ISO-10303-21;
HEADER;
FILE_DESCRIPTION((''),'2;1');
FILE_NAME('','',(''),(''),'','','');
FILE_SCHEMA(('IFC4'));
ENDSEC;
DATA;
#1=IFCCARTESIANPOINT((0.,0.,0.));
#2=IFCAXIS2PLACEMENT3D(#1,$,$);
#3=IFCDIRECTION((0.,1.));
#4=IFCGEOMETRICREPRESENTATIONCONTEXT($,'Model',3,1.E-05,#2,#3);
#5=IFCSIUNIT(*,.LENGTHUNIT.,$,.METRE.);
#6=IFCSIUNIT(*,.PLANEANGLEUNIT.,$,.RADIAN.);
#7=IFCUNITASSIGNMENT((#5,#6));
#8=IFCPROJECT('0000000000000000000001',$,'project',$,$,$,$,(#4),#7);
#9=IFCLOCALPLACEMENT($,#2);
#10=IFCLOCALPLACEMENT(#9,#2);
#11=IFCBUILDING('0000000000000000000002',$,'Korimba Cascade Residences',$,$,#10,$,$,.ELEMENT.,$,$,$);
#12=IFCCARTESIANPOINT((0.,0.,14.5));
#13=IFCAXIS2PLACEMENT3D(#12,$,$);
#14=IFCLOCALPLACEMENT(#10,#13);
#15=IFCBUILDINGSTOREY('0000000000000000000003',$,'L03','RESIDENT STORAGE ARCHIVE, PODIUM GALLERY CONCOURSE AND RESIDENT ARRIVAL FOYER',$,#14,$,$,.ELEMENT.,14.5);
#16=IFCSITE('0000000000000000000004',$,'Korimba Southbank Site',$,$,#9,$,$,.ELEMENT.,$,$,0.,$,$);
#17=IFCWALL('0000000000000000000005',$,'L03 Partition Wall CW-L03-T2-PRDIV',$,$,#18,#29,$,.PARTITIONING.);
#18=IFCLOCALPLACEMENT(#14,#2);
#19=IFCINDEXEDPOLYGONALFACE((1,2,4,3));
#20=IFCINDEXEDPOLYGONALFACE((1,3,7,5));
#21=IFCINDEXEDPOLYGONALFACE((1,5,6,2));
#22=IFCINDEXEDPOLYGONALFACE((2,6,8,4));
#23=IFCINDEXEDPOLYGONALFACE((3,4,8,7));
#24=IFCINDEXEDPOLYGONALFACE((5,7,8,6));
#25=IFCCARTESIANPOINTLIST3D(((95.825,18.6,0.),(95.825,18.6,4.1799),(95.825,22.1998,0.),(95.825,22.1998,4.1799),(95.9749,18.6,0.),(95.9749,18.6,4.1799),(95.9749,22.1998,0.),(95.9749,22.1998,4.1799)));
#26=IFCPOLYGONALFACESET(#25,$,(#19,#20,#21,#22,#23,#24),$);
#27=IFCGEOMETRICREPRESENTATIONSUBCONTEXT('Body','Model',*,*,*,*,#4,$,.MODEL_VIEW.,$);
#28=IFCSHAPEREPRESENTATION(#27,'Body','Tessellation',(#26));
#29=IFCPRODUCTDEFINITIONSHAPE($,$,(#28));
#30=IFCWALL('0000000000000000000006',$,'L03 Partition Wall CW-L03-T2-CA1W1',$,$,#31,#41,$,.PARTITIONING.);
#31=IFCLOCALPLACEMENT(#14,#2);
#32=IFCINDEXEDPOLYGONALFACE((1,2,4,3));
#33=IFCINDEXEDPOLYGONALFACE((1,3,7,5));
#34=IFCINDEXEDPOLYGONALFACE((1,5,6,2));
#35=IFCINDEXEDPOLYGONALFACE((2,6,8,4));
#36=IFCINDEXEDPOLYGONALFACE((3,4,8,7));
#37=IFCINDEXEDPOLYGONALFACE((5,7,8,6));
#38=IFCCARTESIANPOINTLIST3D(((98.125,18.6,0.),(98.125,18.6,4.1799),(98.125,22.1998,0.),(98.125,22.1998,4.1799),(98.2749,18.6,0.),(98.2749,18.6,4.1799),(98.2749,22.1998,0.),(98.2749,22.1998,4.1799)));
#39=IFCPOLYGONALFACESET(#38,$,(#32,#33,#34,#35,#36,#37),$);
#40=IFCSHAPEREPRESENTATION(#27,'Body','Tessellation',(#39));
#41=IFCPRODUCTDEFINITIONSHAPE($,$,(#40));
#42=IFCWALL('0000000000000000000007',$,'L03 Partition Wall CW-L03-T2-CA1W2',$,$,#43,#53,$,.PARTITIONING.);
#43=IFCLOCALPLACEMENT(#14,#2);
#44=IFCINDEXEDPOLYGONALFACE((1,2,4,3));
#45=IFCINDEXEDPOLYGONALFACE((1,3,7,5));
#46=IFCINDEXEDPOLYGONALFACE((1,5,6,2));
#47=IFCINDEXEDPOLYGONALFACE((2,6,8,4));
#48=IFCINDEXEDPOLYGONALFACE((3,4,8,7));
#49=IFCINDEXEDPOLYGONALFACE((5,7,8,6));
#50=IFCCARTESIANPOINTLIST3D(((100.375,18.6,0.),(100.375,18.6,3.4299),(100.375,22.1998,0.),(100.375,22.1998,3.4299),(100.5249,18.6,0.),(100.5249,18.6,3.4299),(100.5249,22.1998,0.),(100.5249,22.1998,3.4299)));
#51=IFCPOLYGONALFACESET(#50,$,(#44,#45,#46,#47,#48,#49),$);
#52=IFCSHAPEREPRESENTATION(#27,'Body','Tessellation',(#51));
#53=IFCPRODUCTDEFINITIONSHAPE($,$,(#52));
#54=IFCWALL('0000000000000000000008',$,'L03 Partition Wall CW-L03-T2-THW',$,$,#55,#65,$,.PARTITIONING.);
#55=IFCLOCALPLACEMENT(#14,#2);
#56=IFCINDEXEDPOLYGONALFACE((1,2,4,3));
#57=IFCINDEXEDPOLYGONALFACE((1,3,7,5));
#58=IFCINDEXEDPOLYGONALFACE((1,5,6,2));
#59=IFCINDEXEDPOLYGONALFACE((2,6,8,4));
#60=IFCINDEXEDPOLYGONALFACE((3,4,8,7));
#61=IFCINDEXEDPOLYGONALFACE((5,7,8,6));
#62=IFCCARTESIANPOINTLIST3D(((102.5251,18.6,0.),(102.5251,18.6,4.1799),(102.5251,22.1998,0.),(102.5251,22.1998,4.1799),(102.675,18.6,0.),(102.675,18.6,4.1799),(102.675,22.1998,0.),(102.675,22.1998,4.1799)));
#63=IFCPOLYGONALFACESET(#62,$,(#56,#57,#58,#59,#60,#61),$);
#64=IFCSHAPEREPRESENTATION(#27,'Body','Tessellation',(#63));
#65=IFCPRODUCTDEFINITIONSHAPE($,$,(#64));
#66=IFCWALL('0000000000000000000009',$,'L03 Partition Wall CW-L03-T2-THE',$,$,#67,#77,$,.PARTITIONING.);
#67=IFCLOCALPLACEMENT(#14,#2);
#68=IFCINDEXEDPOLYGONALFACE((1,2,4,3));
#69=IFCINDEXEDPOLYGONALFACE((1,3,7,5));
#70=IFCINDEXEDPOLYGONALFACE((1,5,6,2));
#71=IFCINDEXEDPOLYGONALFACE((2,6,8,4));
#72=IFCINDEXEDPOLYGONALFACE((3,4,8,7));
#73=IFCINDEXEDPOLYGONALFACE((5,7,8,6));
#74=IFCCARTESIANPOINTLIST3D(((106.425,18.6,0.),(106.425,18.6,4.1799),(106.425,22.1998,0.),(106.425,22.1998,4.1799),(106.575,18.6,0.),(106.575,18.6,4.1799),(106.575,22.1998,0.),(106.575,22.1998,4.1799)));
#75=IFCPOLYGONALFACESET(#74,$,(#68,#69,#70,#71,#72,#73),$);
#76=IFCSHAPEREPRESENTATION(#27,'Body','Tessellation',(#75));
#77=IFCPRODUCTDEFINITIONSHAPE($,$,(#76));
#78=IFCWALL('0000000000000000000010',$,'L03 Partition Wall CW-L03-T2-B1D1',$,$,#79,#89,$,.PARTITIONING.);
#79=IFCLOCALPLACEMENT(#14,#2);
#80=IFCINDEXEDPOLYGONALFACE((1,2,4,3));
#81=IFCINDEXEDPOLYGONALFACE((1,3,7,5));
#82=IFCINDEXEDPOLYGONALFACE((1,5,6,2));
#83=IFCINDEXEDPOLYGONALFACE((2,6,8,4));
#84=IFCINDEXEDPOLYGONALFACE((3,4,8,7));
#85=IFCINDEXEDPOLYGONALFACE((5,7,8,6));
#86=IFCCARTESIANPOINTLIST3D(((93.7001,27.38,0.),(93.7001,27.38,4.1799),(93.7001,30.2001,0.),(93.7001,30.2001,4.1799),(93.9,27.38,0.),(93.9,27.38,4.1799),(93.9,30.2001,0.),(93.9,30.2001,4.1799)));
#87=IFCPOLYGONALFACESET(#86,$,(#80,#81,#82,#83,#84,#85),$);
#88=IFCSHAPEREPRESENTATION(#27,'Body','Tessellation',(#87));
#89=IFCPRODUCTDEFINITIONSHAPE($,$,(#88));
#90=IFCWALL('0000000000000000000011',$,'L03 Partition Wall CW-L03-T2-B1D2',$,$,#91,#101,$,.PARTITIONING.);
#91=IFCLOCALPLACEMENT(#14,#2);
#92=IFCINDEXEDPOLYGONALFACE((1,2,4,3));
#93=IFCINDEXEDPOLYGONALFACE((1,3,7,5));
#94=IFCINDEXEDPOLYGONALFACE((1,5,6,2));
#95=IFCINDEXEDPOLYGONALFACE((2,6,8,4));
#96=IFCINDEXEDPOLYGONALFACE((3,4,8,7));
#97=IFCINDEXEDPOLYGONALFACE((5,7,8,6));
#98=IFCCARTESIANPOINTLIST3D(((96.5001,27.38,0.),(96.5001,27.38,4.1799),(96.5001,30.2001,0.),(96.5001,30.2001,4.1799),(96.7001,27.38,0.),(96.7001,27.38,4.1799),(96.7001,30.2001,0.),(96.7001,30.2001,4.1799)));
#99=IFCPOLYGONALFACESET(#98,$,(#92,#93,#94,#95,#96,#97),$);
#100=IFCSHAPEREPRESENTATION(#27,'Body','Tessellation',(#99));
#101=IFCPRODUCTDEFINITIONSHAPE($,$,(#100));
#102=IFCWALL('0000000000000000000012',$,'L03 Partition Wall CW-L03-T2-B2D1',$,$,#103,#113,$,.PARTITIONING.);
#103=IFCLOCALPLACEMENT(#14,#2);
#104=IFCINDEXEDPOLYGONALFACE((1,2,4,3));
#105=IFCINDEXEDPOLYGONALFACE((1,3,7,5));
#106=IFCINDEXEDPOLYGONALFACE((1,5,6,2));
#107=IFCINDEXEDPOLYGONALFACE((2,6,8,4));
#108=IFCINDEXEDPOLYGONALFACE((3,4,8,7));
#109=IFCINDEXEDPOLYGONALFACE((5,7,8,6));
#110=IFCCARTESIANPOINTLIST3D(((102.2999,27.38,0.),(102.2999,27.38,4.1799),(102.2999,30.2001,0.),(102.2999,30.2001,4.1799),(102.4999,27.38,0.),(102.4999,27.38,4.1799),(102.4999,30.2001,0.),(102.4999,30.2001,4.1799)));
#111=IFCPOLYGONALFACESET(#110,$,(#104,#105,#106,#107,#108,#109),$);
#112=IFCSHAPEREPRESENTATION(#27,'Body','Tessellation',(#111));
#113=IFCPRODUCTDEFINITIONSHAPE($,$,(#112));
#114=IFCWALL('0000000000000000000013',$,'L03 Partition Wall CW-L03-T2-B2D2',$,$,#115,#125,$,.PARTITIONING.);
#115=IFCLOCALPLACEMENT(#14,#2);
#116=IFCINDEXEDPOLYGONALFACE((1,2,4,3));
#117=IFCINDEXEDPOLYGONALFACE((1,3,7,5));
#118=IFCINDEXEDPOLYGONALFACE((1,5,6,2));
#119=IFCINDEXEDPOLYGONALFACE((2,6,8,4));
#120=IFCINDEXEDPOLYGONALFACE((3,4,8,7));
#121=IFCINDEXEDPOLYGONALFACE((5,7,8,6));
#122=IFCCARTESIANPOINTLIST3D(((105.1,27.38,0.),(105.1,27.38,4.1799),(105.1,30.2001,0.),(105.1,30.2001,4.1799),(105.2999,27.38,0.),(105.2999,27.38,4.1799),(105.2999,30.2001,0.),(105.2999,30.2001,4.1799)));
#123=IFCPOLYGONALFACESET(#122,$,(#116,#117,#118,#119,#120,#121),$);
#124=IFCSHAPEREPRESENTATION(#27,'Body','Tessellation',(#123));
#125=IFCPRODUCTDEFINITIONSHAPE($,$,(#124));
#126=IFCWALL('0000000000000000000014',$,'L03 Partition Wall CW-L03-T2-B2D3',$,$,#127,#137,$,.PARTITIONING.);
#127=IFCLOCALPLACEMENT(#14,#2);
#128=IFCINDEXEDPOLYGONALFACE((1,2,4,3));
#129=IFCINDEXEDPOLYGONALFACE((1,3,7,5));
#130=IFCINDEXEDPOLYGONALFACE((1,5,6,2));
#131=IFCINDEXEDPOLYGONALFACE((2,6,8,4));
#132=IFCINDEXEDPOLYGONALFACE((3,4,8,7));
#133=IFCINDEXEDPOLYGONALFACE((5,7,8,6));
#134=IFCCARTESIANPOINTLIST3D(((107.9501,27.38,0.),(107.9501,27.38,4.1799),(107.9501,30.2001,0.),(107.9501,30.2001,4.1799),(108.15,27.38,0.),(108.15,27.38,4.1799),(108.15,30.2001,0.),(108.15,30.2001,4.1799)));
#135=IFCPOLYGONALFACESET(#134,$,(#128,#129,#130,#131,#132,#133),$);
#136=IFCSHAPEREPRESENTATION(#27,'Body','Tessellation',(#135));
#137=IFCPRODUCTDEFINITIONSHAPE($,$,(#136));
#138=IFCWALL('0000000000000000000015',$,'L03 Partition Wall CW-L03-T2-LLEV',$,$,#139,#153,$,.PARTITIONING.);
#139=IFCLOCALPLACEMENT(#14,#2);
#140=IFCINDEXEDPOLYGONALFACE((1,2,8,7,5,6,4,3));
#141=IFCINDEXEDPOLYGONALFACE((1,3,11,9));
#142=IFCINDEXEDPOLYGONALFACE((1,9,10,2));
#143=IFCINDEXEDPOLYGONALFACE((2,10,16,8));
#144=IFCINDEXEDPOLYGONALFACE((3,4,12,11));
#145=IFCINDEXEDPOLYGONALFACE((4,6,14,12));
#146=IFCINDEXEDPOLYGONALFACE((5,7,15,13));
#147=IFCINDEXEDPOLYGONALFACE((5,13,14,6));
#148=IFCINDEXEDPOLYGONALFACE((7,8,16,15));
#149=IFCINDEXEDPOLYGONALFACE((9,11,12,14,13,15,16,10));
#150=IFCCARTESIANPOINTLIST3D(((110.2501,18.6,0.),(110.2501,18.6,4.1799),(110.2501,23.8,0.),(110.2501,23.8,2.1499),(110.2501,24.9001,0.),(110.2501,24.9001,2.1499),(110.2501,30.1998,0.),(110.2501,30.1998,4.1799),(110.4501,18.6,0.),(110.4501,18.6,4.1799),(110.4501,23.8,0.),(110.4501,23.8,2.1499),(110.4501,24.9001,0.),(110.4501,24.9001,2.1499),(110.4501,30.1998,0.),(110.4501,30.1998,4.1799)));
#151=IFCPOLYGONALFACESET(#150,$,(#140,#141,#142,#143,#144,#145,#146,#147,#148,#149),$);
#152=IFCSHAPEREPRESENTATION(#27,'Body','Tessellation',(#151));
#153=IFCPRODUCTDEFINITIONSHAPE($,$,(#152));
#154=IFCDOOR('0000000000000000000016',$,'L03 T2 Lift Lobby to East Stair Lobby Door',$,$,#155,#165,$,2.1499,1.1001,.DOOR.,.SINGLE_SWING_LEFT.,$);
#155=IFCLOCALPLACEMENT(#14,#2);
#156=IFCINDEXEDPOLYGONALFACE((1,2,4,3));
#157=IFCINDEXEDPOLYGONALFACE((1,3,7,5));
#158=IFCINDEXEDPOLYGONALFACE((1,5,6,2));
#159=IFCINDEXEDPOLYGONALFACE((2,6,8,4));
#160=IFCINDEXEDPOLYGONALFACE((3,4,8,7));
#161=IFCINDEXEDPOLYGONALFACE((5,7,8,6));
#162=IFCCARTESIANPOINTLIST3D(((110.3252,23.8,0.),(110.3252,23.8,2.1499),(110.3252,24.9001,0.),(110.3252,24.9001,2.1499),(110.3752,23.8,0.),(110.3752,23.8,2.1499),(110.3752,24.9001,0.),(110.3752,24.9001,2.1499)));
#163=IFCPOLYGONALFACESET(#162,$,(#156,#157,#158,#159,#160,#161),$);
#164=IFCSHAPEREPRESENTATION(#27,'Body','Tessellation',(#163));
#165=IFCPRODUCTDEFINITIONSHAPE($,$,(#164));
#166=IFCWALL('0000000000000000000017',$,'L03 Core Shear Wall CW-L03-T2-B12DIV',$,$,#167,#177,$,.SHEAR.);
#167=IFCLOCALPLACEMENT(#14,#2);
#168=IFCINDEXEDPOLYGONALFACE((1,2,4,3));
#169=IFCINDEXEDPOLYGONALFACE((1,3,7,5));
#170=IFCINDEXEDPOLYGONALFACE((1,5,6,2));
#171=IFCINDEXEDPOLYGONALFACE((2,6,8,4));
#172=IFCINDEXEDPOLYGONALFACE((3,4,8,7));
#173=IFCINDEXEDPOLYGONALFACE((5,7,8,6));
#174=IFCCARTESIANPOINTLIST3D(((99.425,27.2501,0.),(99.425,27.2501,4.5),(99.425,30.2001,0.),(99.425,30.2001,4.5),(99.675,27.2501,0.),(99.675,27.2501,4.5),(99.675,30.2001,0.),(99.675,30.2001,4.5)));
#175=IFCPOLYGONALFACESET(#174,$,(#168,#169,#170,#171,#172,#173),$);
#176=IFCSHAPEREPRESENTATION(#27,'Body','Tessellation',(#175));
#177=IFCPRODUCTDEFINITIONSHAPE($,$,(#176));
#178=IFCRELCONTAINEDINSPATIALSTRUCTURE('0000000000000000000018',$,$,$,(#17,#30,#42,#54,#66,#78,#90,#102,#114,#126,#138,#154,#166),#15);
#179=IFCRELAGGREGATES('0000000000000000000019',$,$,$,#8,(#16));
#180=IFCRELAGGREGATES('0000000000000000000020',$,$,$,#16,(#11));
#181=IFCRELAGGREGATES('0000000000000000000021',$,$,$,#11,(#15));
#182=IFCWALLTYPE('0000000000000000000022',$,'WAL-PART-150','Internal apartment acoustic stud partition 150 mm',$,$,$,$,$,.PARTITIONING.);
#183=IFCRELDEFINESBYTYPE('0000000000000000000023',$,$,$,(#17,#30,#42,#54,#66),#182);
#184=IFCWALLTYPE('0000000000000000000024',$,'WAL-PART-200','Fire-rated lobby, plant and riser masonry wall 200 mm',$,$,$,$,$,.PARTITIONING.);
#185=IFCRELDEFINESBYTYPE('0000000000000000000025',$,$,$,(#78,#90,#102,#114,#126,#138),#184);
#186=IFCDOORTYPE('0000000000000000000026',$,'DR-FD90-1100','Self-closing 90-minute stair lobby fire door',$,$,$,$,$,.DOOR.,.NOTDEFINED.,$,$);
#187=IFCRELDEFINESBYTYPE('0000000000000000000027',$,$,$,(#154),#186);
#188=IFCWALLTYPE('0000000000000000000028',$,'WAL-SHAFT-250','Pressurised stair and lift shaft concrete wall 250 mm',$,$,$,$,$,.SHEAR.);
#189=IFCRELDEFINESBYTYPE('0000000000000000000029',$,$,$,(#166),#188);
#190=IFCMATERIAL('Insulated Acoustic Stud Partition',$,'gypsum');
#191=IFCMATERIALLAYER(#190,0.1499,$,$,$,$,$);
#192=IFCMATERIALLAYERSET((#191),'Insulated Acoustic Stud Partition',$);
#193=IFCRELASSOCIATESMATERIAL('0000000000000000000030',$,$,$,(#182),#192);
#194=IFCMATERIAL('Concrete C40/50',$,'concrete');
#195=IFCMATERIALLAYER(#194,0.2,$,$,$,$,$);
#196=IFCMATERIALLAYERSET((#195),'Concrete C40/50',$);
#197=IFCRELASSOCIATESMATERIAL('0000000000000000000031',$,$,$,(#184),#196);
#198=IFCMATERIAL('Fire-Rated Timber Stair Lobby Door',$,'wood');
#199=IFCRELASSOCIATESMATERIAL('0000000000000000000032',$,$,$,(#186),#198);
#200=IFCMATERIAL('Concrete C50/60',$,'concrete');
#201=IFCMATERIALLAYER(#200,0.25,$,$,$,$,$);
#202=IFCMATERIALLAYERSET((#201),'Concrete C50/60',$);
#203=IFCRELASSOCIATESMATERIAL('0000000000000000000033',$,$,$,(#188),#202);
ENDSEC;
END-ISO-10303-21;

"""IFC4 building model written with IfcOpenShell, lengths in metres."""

from ifc_helpers import new_model, si_unit, direction, frame, frame_2d, origin, place, context, subcontext, project, spatial, rectangle, extrude, material, layer, layer_set, type_object, element, fill, save


model = new_model("IFC4")

# Units and contexts
model_context = context("Model", 3, precision=1e-05, world=origin(), true_north=direction((0.0, 1.0)))
body_context = subcontext(model_context, "Body", "Model", "MODEL_VIEW")
ifc_project = project(units=[si_unit("LENGTHUNIT", "METRE"), si_unit("PLANEANGLEUNIT", "RADIAN")], contexts=[model_context])

# Site, building, storey
site_placement = place(None, origin())
site = spatial("IfcSite", under=ifc_project, at=site_placement, Name="Korimba Southbank Site", CompositionType="ELEMENT", RefElevation=0.0)
building_placement = place(site_placement, origin())
building = spatial("IfcBuilding", under=site, at=building_placement, Name="Korimba Cascade Residences", CompositionType="ELEMENT")
storey_placement = place(building_placement, frame((0.0, 0.0, 14.5)))
storey = spatial("IfcBuildingStorey", under=building, at=storey_placement, Name="L03", Description="RESIDENT STORAGE ARCHIVE, PODIUM GALLERY CONCOURSE AND RESIDENT ARRIVAL FOYER", CompositionType="ELEMENT", Elevation=14.5)

# Shared definitions
ifc_material_1 = material(Name="Concrete C50/60", Category="concrete")

# Walls
ifc_material_2 = material(Name="Insulated Acoustic Stud Partition", Category="gypsum")
ifc_layer_1 = layer(ifc_material_2, 0.1499)
ifc_layer_set_1 = layer_set([ifc_layer_1], Name="Insulated Acoustic Stud Partition")
wall_type_1 = type_object("IfcWallType", Name="WAL-PART-150", Description="Internal apartment acoustic stud partition 150 mm", PredefinedType="PARTITIONING", material=ifc_layer_set_1)
for number, where, z_axis, x_axis, name in (
    (1, (95.8999, 18.6001, 0.0), (0.0, 0.0, 1.0), (0.0, 1.0, 0.0), "L03 Partition Wall CW-L03-T2-PRDIV"),
    (2, (98.2, 18.6001, 0.0), (0.0, 0.0, 1.0), (0.0, 1.0, 0.0), "L03 Partition Wall CW-L03-T2-CA1W1"),
):
    element("IfcWall", number, at=place(storey_placement, frame(where, z_axis=z_axis, x_axis=x_axis)), inside=storey, type_object=wall_type_1, Name=name, PredefinedType="PARTITIONING", context=body_context, shape_type="SweptSolid", body=[
        extrude(rectangle(XDim=3.5999, YDim=0.1499, at=frame_2d((1.7998, 0.0))), origin(), (0.0, 0.0, 1.0), 4.1799),
    ])
wall_1_placement = place(storey_placement, frame((100.45, 18.6001, 0.0), z_axis=(0.0, 0.0, 1.0), x_axis=(0.0, 1.0, 0.0)))
element("IfcWall", 3, at=wall_1_placement, inside=storey, type_object=wall_type_1, Name="L03 Partition Wall CW-L03-T2-CA1W2", PredefinedType="PARTITIONING", context=body_context, shape_type="SweptSolid", body=[
    extrude(rectangle(XDim=3.5999, YDim=0.1499, at=frame_2d((1.7998, 0.0))), origin(), (0.0, 0.0, 1.0), 3.4299),
])
for number, where, z_axis, x_axis, name in (
    (4, (102.6001, 18.6001, 0.0), (0.0, 0.0, 1.0), (0.0, 1.0, 0.0), "L03 Partition Wall CW-L03-T2-THW"),
    (5, (106.5, 18.6001, 0.0), (0.0, 0.0, 1.0), (0.0, 1.0, 0.0), "L03 Partition Wall CW-L03-T2-THE"),
):
    element("IfcWall", number, at=place(storey_placement, frame(where, z_axis=z_axis, x_axis=x_axis)), inside=storey, type_object=wall_type_1, Name=name, PredefinedType="PARTITIONING", context=body_context, shape_type="SweptSolid", body=[
        extrude(rectangle(XDim=3.5999, YDim=0.1499, at=frame_2d((1.7998, 0.0))), origin(), (0.0, 0.0, 1.0), 4.1799),
    ])
ifc_material_3 = material(Name="Concrete C40/50", Category="concrete")
ifc_layer_2 = layer(ifc_material_3, 0.2)
ifc_layer_set_2 = layer_set([ifc_layer_2], Name="Concrete C40/50")
wall_type_2 = type_object("IfcWallType", Name="WAL-PART-200", Description="Fire-rated lobby, plant and riser masonry wall 200 mm", PredefinedType="PARTITIONING", material=ifc_layer_set_2)
for number, where, z_axis, x_axis, name in (
    (6, (93.8, 27.3799, 0.0), (0.0, 0.0, 1.0), (0.0, 1.0, 0.0), "L03 Partition Wall CW-L03-T2-B1D1"),
    (7, (96.6001, 27.3799, 0.0), (0.0, 0.0, 1.0), (0.0, 1.0, 0.0), "L03 Partition Wall CW-L03-T2-B1D2"),
    (8, (102.3999, 27.3799, 0.0), (0.0, 0.0, 1.0), (0.0, 1.0, 0.0), "L03 Partition Wall CW-L03-T2-B2D1"),
    (9, (105.2, 27.3799, 0.0), (0.0, 0.0, 1.0), (0.0, 1.0, 0.0), "L03 Partition Wall CW-L03-T2-B2D2"),
    (10, (108.05, 27.3799, 0.0), (0.0, 0.0, 1.0), (0.0, 1.0, 0.0), "L03 Partition Wall CW-L03-T2-B2D3"),
):
    element("IfcWall", number, at=place(storey_placement, frame(where, z_axis=z_axis, x_axis=x_axis)), inside=storey, type_object=wall_type_2, Name=name, PredefinedType="PARTITIONING", context=body_context, shape_type="SweptSolid", body=[
        extrude(rectangle(XDim=2.8201, YDim=0.2, at=frame_2d((1.4102, 0.0))), origin(), (0.0, 0.0, 1.0), 4.1799),
    ])

# Wall, opening, door
wall_2_placement = place(storey_placement, frame((110.3501, 18.6001, 0.0), z_axis=(0.0, 0.0, 1.0), x_axis=(0.0, 1.0, 0.0)))
wall_2 = element("IfcWall", 11, at=wall_2_placement, inside=storey, type_object=wall_type_2, Name="L03 Partition Wall CW-L03-T2-LLEV", PredefinedType="PARTITIONING", context=body_context, shape_type="SweptSolid", body=[
    extrude(rectangle(XDim=11.5999, YDim=0.2, at=frame_2d((5.7998, 0.0))), origin(), (0.0, 0.0, 1.0), 4.1799),
])
opening_1_placement = place(wall_2_placement, frame((5.2, 0.0, 0.0)))
opening_1 = element("IfcOpeningElement", 12, at=opening_1_placement, cuts=wall_2, PredefinedType="OPENING", context=body_context, shape_type="SweptSolid", body=[
    extrude(rectangle(XDim=1.1001, YDim=2.1499, at=frame_2d((0.55, 1.075))), frame((0.0, 0.1099, 0.0), z_axis=(0.0, -1.0, 0.0), x_axis=(1.0, 0.0, 0.0)), (0.0, 0.0, 1.0), 0.22),
])
ifc_material_4 = material(Name="Fire-Rated Timber Stair Lobby Door", Category="wood")
door_type_1 = type_object("IfcDoorType", Name="DR-FD90-1100", Description="Self-closing 90-minute stair lobby fire door", OperationType="NOTDEFINED", PredefinedType="DOOR", material=ifc_material_4)
door_1_placement = place(opening_1_placement, origin())
door_1 = element("IfcDoor", 13, at=door_1_placement, inside=storey, type_object=door_type_1, Name="L03 T2 Lift Lobby to East Stair Lobby Door", OperationType="SINGLE_SWING_LEFT", OverallHeight=2.1499, OverallWidth=1.1001, PredefinedType="DOOR", context=body_context, shape_type="SweptSolid", body=[
    extrude(rectangle(XDim=1.1001, YDim=2.1499, at=frame_2d((0.55, 1.075))), frame((0.0, 0.0249, 0.0), z_axis=(0.0, -1.0, 0.0), x_axis=(1.0, 0.0, 0.0)), (0.0, 0.0, 1.0), 0.05),
])
fill(opening_1, door_1)

# Wall
ifc_layer_3 = layer(ifc_material_1, 0.25)
ifc_layer_set_3 = layer_set([ifc_layer_3], Name="Concrete C50/60")
wall_type_3 = type_object("IfcWallType", Name="WAL-SHAFT-250", Description="Pressurised stair and lift shaft concrete wall 250 mm", PredefinedType="SHEAR", material=ifc_layer_set_3)
wall_3_placement = place(storey_placement, frame((99.55, 27.25, 0.0), z_axis=(0.0, 0.0, 1.0), x_axis=(0.0, 1.0, 0.0)))
element("IfcWall", 14, at=wall_3_placement, inside=storey, type_object=wall_type_3, Name="L03 Core Shear Wall CW-L03-T2-B12DIV", PredefinedType="SHEAR", context=body_context, shape_type="SweptSolid", body=[
    extrude(rectangle(XDim=2.95, YDim=0.25, at=frame_2d((1.4751, 0.0))), origin(), (0.0, 0.0, 1.0), 4.5),
])

save(model, "model.ifc")
